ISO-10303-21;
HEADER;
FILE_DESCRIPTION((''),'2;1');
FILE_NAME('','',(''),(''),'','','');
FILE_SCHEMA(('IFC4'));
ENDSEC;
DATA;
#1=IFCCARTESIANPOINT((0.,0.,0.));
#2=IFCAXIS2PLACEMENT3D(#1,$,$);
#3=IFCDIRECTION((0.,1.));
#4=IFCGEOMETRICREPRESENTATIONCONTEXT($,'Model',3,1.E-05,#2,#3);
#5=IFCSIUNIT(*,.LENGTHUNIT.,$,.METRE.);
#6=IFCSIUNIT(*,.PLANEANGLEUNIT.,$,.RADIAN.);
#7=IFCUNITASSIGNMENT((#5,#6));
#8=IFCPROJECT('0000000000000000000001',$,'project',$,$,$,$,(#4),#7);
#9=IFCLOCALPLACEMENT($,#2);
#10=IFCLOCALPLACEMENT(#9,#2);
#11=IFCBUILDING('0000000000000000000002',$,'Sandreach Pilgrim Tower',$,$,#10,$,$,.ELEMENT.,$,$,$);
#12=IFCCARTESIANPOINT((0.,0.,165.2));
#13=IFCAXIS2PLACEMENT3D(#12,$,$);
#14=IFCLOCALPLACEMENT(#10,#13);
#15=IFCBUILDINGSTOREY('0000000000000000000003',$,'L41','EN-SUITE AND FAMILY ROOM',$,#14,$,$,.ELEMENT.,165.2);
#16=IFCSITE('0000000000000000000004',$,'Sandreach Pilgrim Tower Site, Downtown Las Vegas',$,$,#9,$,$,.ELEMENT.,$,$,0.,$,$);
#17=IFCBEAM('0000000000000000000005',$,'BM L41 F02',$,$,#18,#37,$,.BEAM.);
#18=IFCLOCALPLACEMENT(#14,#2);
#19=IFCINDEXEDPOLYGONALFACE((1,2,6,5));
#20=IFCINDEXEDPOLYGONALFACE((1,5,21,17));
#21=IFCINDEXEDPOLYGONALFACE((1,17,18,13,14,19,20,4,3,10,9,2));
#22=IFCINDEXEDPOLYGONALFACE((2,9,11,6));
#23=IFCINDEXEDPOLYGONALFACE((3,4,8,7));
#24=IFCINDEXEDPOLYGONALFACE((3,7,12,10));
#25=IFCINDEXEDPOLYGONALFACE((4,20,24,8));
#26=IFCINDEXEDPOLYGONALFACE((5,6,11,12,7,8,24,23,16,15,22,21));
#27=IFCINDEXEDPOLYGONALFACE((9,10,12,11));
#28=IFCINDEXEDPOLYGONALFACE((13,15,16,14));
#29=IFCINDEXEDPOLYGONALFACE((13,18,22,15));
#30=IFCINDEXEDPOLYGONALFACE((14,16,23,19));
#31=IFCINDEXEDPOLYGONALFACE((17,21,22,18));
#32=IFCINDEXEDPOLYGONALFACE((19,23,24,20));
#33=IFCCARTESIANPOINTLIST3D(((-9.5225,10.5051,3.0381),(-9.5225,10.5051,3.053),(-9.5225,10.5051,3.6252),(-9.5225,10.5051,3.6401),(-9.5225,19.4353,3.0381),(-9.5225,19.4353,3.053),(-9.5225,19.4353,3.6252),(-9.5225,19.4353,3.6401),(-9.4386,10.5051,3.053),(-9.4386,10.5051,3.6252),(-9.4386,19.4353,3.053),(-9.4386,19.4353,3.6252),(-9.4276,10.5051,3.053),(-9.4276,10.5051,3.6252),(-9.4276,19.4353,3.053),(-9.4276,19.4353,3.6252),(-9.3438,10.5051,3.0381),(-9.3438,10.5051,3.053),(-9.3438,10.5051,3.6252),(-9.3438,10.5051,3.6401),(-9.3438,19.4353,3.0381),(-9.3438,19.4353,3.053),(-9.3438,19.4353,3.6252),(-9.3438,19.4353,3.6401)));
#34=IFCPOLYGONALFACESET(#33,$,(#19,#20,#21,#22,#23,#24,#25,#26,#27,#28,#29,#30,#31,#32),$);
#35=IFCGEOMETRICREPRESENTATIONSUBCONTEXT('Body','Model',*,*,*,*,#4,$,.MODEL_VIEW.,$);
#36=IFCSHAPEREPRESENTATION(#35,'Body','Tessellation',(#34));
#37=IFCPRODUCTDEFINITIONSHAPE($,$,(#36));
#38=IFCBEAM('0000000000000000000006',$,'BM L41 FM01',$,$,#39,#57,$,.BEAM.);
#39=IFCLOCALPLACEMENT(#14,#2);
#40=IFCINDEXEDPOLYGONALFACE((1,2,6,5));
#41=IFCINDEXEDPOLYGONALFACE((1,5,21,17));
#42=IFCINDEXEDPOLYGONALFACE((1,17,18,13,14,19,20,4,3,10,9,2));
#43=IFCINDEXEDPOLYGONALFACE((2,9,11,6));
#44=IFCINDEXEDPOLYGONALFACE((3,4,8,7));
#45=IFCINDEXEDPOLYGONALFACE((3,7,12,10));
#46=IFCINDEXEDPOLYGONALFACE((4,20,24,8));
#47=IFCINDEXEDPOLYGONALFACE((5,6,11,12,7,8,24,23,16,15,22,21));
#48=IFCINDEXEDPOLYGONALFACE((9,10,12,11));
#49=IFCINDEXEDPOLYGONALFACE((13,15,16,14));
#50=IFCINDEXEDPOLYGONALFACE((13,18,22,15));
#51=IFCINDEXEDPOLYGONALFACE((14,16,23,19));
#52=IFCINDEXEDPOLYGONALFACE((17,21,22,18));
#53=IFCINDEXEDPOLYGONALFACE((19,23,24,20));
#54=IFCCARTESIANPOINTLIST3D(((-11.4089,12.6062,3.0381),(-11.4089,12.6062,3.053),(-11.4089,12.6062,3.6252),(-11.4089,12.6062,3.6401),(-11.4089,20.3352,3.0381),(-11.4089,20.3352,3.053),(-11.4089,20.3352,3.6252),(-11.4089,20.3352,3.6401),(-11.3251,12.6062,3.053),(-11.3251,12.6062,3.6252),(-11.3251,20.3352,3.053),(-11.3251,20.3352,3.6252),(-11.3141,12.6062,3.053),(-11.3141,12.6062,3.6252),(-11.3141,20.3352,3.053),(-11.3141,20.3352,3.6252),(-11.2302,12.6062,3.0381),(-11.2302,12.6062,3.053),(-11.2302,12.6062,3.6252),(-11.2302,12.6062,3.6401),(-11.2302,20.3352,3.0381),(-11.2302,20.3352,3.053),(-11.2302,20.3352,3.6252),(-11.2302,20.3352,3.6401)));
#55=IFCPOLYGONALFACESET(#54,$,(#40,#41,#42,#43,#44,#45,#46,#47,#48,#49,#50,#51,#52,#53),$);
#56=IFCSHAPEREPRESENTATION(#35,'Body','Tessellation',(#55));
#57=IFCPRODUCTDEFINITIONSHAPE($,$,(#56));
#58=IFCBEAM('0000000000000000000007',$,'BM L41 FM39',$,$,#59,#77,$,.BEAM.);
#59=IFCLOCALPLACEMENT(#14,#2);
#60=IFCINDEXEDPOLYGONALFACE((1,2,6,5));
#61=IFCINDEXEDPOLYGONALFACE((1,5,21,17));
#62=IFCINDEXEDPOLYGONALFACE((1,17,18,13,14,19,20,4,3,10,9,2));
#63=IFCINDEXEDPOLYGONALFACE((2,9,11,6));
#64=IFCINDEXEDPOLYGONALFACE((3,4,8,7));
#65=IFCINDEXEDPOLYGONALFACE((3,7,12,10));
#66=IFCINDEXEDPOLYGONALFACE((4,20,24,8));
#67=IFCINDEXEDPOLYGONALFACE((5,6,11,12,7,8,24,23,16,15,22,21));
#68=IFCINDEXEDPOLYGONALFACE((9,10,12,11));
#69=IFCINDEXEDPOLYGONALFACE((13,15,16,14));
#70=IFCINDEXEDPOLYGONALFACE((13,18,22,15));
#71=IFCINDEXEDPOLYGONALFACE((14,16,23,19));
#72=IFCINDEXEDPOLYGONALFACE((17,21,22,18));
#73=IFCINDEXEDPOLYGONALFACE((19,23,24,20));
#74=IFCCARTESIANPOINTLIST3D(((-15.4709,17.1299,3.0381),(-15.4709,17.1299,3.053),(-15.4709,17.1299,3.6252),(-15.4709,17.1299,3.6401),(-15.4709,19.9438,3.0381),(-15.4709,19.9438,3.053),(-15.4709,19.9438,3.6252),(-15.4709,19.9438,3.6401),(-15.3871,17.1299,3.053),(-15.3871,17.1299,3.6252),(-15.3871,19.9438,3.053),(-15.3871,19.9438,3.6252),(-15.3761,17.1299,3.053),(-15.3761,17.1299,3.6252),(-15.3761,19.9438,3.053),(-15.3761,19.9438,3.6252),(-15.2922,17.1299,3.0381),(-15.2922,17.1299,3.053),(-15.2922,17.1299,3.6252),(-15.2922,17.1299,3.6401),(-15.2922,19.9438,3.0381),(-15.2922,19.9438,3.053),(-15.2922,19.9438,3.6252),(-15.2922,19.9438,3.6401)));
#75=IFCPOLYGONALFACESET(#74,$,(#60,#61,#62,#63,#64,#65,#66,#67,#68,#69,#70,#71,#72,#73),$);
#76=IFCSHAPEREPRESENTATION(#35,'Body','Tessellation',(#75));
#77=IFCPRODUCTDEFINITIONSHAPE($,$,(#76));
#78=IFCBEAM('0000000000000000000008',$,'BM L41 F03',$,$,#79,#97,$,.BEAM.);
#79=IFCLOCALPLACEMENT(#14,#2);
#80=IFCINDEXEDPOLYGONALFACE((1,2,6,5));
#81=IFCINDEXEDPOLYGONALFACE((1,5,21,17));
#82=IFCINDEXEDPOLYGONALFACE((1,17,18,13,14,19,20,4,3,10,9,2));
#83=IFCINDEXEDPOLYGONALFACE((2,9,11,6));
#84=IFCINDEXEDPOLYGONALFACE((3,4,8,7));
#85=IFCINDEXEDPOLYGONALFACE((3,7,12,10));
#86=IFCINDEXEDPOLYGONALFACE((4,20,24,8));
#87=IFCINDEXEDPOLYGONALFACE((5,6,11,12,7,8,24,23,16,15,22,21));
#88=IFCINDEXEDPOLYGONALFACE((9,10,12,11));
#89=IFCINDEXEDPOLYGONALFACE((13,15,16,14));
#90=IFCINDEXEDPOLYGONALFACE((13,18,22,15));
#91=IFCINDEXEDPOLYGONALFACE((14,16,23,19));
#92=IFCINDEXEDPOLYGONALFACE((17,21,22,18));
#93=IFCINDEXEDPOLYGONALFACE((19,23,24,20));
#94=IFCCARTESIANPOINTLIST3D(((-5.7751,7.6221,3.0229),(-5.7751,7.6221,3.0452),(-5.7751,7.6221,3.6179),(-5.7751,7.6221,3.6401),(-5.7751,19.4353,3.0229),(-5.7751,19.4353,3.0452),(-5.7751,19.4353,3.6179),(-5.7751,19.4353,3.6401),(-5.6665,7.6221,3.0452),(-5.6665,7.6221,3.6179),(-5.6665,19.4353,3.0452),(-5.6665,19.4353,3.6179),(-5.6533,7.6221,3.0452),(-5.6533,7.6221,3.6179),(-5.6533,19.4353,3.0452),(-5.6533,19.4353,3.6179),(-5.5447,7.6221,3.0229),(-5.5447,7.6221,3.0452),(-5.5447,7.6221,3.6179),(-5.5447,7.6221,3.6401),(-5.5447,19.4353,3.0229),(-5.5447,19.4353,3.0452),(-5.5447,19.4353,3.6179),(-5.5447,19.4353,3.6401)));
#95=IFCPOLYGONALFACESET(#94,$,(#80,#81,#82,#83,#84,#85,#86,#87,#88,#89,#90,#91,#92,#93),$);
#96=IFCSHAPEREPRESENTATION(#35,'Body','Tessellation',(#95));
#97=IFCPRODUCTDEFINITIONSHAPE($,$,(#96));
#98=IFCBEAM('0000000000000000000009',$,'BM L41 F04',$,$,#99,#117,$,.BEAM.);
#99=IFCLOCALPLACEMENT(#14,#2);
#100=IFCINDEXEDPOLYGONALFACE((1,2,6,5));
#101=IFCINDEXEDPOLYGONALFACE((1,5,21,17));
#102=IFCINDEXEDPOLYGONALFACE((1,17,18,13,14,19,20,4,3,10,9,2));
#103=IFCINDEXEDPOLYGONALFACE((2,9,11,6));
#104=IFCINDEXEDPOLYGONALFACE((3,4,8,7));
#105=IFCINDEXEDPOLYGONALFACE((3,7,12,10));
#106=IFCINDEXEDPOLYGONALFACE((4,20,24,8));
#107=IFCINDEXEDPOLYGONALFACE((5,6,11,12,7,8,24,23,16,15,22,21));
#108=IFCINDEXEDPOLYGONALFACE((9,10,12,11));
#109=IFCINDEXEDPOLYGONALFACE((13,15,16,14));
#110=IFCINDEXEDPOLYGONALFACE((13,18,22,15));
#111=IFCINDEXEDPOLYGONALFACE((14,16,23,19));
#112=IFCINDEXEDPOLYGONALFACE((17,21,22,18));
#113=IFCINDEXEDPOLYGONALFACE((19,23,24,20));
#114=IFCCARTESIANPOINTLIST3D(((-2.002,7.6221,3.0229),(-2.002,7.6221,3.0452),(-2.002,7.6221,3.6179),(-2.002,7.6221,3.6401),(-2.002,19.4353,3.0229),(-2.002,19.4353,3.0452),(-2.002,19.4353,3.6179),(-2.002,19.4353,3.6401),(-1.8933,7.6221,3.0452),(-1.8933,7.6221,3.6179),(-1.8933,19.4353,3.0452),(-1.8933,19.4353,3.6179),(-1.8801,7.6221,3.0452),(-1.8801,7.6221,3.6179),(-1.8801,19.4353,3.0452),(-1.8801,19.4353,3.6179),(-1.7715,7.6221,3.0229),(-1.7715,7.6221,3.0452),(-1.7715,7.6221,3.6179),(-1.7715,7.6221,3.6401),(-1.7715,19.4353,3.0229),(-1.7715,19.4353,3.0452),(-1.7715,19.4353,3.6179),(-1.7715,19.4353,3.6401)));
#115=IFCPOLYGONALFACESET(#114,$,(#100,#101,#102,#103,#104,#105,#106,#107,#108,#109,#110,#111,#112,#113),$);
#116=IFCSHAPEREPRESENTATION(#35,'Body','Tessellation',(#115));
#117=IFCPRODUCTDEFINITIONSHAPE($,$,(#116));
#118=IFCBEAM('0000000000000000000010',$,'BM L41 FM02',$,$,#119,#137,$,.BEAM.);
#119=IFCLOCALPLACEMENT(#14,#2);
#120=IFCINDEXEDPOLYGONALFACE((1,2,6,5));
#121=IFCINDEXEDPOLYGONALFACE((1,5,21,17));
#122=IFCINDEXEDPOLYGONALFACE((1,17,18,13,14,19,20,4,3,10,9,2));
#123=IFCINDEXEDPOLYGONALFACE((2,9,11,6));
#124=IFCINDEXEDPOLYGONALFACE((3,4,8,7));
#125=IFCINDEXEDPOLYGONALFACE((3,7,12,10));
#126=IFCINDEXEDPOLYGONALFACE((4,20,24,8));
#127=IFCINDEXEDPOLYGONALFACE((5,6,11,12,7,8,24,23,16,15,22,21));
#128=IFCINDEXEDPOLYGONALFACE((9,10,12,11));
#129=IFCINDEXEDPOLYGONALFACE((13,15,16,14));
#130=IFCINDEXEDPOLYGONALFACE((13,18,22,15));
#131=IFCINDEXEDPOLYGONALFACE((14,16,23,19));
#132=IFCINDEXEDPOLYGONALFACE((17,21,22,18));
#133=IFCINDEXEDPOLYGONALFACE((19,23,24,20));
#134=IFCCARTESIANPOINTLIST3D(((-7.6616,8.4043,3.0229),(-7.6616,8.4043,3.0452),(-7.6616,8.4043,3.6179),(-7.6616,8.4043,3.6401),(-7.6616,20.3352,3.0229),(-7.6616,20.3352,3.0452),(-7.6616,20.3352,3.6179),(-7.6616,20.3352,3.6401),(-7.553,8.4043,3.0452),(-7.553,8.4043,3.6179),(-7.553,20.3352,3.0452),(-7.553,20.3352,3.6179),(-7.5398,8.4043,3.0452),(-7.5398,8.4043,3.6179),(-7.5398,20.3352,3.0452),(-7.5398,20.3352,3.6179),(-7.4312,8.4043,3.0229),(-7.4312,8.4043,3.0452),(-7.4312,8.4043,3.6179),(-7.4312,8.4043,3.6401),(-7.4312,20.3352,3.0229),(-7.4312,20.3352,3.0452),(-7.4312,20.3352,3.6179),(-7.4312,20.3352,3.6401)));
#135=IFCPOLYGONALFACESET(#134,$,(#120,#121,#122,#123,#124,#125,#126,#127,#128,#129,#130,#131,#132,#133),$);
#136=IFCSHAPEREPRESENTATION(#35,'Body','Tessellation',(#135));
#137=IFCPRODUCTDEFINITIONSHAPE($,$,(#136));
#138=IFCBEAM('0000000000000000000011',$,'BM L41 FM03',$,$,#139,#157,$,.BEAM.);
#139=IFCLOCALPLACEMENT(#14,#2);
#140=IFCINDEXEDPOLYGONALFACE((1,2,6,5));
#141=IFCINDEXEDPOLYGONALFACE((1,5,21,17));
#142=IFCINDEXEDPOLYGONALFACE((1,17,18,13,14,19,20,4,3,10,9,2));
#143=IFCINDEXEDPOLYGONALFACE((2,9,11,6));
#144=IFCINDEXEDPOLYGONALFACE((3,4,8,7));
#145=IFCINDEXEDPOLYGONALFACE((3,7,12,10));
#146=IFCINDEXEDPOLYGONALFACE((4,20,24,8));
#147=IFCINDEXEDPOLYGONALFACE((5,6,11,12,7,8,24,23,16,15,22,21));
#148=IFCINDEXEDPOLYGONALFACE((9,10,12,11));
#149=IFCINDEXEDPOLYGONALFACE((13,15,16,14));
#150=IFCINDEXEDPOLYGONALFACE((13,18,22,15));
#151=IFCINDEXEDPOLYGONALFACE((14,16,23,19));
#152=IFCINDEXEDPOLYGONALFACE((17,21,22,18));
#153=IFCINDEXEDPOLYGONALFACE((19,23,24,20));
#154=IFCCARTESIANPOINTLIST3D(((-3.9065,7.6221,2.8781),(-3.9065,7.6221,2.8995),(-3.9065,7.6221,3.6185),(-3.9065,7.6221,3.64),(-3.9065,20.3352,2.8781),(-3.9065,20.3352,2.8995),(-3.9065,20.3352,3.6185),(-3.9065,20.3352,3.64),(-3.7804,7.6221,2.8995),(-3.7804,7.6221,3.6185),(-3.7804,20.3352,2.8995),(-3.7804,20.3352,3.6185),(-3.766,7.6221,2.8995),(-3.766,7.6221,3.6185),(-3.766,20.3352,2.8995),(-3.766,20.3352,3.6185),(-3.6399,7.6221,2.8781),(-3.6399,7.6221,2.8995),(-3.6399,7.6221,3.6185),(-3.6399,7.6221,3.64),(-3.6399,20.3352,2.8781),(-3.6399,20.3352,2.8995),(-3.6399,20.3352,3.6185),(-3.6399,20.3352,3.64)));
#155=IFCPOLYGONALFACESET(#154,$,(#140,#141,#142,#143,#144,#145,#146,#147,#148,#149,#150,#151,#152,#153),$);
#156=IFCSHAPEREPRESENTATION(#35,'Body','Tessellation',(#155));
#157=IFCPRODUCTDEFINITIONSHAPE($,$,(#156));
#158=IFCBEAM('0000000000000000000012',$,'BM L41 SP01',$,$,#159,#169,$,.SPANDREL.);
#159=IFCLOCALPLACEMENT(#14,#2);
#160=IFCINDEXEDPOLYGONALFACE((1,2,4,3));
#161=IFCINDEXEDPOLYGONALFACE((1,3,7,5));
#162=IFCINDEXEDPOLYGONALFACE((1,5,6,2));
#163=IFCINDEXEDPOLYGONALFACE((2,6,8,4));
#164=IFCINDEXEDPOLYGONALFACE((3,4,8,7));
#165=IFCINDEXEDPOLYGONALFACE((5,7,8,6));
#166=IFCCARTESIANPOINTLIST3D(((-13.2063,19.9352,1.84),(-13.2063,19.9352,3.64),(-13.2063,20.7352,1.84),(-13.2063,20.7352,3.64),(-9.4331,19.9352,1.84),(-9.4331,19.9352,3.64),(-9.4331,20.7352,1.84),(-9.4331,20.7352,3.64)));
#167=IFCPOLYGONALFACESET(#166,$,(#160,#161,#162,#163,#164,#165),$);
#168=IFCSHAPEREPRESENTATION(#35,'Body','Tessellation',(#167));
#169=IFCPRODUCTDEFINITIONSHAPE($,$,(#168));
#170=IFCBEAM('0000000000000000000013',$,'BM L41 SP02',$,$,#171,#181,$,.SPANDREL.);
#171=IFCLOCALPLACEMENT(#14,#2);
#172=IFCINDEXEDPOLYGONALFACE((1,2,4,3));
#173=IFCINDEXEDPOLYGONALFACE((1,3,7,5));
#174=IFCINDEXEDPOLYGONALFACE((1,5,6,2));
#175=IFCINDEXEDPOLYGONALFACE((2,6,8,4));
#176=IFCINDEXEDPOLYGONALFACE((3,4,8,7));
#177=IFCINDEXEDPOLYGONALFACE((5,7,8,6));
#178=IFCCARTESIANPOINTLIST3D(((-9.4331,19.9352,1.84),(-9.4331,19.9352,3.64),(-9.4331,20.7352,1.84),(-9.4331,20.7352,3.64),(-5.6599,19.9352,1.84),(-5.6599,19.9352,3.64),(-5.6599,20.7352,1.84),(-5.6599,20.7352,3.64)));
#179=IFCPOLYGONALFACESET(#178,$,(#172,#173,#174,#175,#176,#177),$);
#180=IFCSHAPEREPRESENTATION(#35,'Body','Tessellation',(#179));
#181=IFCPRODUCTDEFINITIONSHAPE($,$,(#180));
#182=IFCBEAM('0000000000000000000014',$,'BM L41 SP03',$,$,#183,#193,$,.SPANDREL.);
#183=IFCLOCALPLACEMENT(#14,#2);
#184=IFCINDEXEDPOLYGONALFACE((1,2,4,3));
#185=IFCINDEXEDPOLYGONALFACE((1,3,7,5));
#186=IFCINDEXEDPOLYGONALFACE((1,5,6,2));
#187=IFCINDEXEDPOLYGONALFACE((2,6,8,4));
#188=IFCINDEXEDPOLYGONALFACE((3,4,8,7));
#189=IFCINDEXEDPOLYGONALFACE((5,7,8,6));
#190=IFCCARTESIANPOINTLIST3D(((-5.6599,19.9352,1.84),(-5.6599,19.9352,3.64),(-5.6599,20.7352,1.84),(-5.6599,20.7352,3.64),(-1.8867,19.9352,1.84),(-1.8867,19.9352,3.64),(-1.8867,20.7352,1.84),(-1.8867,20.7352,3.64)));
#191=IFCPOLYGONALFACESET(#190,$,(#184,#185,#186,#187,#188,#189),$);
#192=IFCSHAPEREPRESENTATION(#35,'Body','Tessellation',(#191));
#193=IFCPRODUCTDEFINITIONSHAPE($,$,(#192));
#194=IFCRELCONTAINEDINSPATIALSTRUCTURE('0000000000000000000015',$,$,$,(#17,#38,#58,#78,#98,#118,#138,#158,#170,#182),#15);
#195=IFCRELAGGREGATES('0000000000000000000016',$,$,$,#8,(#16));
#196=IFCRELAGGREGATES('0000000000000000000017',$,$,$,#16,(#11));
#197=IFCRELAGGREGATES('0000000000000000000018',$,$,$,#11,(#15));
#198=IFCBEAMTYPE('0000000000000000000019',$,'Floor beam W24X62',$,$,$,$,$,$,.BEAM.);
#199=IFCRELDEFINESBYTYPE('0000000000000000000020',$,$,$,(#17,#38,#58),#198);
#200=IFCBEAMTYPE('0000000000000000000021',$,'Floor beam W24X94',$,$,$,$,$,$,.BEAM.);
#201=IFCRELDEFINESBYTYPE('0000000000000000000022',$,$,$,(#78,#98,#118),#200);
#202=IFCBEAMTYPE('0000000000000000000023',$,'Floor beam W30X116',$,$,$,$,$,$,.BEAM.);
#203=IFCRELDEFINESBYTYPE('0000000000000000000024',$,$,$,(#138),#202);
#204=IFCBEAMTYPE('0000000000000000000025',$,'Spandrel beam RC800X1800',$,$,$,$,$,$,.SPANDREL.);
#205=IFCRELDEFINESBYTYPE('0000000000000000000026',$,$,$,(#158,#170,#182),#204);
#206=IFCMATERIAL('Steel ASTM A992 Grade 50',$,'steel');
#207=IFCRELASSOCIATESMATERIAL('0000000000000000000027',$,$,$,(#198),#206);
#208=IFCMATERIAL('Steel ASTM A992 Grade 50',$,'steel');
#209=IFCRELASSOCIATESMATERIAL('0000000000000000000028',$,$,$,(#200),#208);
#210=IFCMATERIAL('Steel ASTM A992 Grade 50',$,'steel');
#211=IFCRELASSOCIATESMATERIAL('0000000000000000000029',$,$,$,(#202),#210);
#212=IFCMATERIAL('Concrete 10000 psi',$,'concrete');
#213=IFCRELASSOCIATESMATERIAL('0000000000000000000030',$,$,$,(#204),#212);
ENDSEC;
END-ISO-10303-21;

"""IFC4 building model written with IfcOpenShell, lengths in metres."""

from ifc_helpers import new_model, si_unit, direction, frame, origin, origin_2d, place, context, subcontext, project, spatial, rectangle, i_section, extrude, material, material_profile, profile_set, type_object, element, save


model = new_model("IFC4")

# Units and contexts
model_context = context("Model", 3, precision=1e-05, world=origin(), true_north=direction((0.0, 1.0)))
body_context = subcontext(model_context, "Body", "Model", "MODEL_VIEW")
ifc_project = project(units=[si_unit("LENGTHUNIT", "METRE"), si_unit("PLANEANGLEUNIT", "RADIAN")], contexts=[model_context])

# Site, building, storey
site_placement = place(None, origin())
site = spatial("IfcSite", under=ifc_project, at=site_placement, Name="Sandreach Pilgrim Tower Site, Downtown Las Vegas", CompositionType="ELEMENT", RefElevation=0.0)
building_placement = place(site_placement, origin())
building = spatial("IfcBuilding", under=site, at=building_placement, Name="Sandreach Pilgrim Tower", CompositionType="ELEMENT")
storey_placement = place(building_placement, frame((0.0, 0.0, 165.2)))
storey = spatial("IfcBuildingStorey", under=building, at=storey_placement, Name="L41", Description="EN-SUITE AND FAMILY ROOM", CompositionType="ELEMENT", Elevation=165.2)

# Beams
ifc_material_1 = material(Name="Steel ASTM A992 Grade 50", Category="steel")
ifc_material_profile_1 = material_profile(ifc_material_1, i_section(OverallWidth=0.1787, OverallDepth=0.6021, WebThickness=0.011, FlangeThickness=0.0149, at=origin_2d()), Name="W24X62")
ifc_profile_set_1 = profile_set([ifc_material_profile_1], Name="Steel ASTM A992 Grade 50")
beam_type_1 = type_object("IfcBeamType", Name="Floor beam W24X62", PredefinedType="BEAM", material=ifc_profile_set_1)
beam_1_placement = place(storey_placement, frame((-9.4331, 19.4353, 3.3391), z_axis=(0.0, -1.0, 0.0), x_axis=(1.0, 0.0, 0.0)))
element("IfcBeam", 1, at=beam_1_placement, inside=storey, type_object=beam_type_1, Name="BM L41 F02", PredefinedType="BEAM", context=body_context, shape_type="SweptSolid", body=[
    extrude(i_section(OverallWidth=0.1787, OverallDepth=0.6021, WebThickness=0.011, FlangeThickness=0.0149, at=origin_2d()), origin(), (0.0, 0.0, 1.0), 8.9302),
])
beam_2_placement = place(storey_placement, frame((-11.3196, 20.3352, 3.3391), z_axis=(0.0, -1.0, 0.0), x_axis=(1.0, 0.0, 0.0)))
element("IfcBeam", 2, at=beam_2_placement, inside=storey, type_object=beam_type_1, Name="BM L41 FM01", PredefinedType="BEAM", context=body_context, shape_type="SweptSolid", body=[
    extrude(i_section(OverallWidth=0.1787, OverallDepth=0.6021, WebThickness=0.011, FlangeThickness=0.0149, at=origin_2d()), origin(), (0.0, 0.0, 1.0), 7.729),
])
beam_3_placement = place(storey_placement, frame((-15.3816, 19.9438, 3.3391), z_axis=(0.0, -1.0, 0.0), x_axis=(1.0, 0.0, 0.0)))
element("IfcBeam", 3, at=beam_3_placement, inside=storey, type_object=beam_type_1, Name="BM L41 FM39", PredefinedType="BEAM", context=body_context, shape_type="SweptSolid", body=[
    extrude(i_section(OverallWidth=0.1787, OverallDepth=0.6021, WebThickness=0.011, FlangeThickness=0.0149, at=origin_2d()), origin(), (0.0, 0.0, 1.0), 2.814),
])
ifc_material_2 = material(Name="Steel ASTM A992 Grade 50", Category="steel")
ifc_material_profile_2 = material_profile(ifc_material_2, i_section(OverallWidth=0.2305, OverallDepth=0.6172, WebThickness=0.0132, FlangeThickness=0.0222, at=origin_2d()), Name="W24X94")
ifc_profile_set_2 = profile_set([ifc_material_profile_2], Name="Steel ASTM A992 Grade 50")
beam_type_2 = type_object("IfcBeamType", Name="Floor beam W24X94", PredefinedType="BEAM", material=ifc_profile_set_2)
for number, where, z_axis, x_axis, name in (
    (4, (-5.6599, 19.4353, 3.3315), (0.0, -1.0, 0.0), (1.0, 0.0, 0.0), "BM L41 F03"),
    (5, (-1.8867, 19.4353, 3.3315), (0.0, -1.0, 0.0), (1.0, 0.0, 0.0), "BM L41 F04"),
):
    element("IfcBeam", number, at=place(storey_placement, frame(where, z_axis=z_axis, x_axis=x_axis)), inside=storey, type_object=beam_type_2, Name=name, PredefinedType="BEAM", context=body_context, shape_type="SweptSolid", body=[
        extrude(i_section(OverallWidth=0.2305, OverallDepth=0.6172, WebThickness=0.0132, FlangeThickness=0.0222, at=origin_2d()), origin(), (0.0, 0.0, 1.0), 11.8132),
    ])
beam_4_placement = place(storey_placement, frame((-7.5464, 20.3352, 3.3315), z_axis=(0.0, -1.0, 0.0), x_axis=(1.0, 0.0, 0.0)))
element("IfcBeam", 6, at=beam_4_placement, inside=storey, type_object=beam_type_2, Name="BM L41 FM02", PredefinedType="BEAM", context=body_context, shape_type="SweptSolid", body=[
    extrude(i_section(OverallWidth=0.2305, OverallDepth=0.6172, WebThickness=0.0132, FlangeThickness=0.0222, at=origin_2d()), origin(), (0.0, 0.0, 1.0), 11.9309),
])
ifc_material_3 = material(Name="Steel ASTM A992 Grade 50", Category="steel")
ifc_material_profile_3 = material_profile(ifc_material_3, i_section(OverallWidth=0.2666, OverallDepth=0.762, WebThickness=0.0144, FlangeThickness=0.0215, at=origin_2d()), Name="W30X116")
ifc_profile_set_3 = profile_set([ifc_material_profile_3], Name="Steel ASTM A992 Grade 50")
beam_type_3 = type_object("IfcBeamType", Name="Floor beam W30X116", PredefinedType="BEAM", material=ifc_profile_set_3)
beam_5_placement = place(storey_placement, frame((-3.7732, 20.3352, 3.259), z_axis=(0.0, -1.0, 0.0), x_axis=(1.0, 0.0, 0.0)))
element("IfcBeam", 7, at=beam_5_placement, inside=storey, type_object=beam_type_3, Name="BM L41 FM03", PredefinedType="BEAM", context=body_context, shape_type="SweptSolid", body=[
    extrude(i_section(OverallWidth=0.2666, OverallDepth=0.762, WebThickness=0.0144, FlangeThickness=0.0215, at=origin_2d()), origin(), (0.0, 0.0, 1.0), 12.7131),
])
ifc_material_4 = material(Name="Concrete 10000 psi", Category="concrete")
ifc_material_profile_4 = material_profile(ifc_material_4, rectangle(XDim=0.8, YDim=1.8, at=origin_2d()), Name="RC800X1800")
ifc_profile_set_4 = profile_set([ifc_material_profile_4], Name="Concrete 10000 psi")
beam_type_4 = type_object("IfcBeamType", Name="Spandrel beam RC800X1800", PredefinedType="SPANDREL", material=ifc_profile_set_4)
for number, where, z_axis, x_axis, name in (
    (8, (-13.2063, 20.3352, 2.74), (1.0, 0.0, 0.0), (0.0, 1.0, 0.0), "BM L41 SP01"),
    (9, (-9.4331, 20.3352, 2.74), (1.0, 0.0, 0.0), (0.0, 1.0, 0.0), "BM L41 SP02"),
    (10, (-5.6599, 20.3352, 2.74), (1.0, 0.0, 0.0), (0.0, 1.0, 0.0), "BM L41 SP03"),
):
    element("IfcBeam", number, at=place(storey_placement, frame(where, z_axis=z_axis, x_axis=x_axis)), inside=storey, type_object=beam_type_4, Name=name, PredefinedType="SPANDREL", context=body_context, shape_type="SweptSolid", body=[
        extrude(rectangle(XDim=0.8, YDim=1.8, at=origin_2d()), origin(), (0.0, 0.0, 1.0), 3.7732),
    ])

save(model, "model.ifc")
